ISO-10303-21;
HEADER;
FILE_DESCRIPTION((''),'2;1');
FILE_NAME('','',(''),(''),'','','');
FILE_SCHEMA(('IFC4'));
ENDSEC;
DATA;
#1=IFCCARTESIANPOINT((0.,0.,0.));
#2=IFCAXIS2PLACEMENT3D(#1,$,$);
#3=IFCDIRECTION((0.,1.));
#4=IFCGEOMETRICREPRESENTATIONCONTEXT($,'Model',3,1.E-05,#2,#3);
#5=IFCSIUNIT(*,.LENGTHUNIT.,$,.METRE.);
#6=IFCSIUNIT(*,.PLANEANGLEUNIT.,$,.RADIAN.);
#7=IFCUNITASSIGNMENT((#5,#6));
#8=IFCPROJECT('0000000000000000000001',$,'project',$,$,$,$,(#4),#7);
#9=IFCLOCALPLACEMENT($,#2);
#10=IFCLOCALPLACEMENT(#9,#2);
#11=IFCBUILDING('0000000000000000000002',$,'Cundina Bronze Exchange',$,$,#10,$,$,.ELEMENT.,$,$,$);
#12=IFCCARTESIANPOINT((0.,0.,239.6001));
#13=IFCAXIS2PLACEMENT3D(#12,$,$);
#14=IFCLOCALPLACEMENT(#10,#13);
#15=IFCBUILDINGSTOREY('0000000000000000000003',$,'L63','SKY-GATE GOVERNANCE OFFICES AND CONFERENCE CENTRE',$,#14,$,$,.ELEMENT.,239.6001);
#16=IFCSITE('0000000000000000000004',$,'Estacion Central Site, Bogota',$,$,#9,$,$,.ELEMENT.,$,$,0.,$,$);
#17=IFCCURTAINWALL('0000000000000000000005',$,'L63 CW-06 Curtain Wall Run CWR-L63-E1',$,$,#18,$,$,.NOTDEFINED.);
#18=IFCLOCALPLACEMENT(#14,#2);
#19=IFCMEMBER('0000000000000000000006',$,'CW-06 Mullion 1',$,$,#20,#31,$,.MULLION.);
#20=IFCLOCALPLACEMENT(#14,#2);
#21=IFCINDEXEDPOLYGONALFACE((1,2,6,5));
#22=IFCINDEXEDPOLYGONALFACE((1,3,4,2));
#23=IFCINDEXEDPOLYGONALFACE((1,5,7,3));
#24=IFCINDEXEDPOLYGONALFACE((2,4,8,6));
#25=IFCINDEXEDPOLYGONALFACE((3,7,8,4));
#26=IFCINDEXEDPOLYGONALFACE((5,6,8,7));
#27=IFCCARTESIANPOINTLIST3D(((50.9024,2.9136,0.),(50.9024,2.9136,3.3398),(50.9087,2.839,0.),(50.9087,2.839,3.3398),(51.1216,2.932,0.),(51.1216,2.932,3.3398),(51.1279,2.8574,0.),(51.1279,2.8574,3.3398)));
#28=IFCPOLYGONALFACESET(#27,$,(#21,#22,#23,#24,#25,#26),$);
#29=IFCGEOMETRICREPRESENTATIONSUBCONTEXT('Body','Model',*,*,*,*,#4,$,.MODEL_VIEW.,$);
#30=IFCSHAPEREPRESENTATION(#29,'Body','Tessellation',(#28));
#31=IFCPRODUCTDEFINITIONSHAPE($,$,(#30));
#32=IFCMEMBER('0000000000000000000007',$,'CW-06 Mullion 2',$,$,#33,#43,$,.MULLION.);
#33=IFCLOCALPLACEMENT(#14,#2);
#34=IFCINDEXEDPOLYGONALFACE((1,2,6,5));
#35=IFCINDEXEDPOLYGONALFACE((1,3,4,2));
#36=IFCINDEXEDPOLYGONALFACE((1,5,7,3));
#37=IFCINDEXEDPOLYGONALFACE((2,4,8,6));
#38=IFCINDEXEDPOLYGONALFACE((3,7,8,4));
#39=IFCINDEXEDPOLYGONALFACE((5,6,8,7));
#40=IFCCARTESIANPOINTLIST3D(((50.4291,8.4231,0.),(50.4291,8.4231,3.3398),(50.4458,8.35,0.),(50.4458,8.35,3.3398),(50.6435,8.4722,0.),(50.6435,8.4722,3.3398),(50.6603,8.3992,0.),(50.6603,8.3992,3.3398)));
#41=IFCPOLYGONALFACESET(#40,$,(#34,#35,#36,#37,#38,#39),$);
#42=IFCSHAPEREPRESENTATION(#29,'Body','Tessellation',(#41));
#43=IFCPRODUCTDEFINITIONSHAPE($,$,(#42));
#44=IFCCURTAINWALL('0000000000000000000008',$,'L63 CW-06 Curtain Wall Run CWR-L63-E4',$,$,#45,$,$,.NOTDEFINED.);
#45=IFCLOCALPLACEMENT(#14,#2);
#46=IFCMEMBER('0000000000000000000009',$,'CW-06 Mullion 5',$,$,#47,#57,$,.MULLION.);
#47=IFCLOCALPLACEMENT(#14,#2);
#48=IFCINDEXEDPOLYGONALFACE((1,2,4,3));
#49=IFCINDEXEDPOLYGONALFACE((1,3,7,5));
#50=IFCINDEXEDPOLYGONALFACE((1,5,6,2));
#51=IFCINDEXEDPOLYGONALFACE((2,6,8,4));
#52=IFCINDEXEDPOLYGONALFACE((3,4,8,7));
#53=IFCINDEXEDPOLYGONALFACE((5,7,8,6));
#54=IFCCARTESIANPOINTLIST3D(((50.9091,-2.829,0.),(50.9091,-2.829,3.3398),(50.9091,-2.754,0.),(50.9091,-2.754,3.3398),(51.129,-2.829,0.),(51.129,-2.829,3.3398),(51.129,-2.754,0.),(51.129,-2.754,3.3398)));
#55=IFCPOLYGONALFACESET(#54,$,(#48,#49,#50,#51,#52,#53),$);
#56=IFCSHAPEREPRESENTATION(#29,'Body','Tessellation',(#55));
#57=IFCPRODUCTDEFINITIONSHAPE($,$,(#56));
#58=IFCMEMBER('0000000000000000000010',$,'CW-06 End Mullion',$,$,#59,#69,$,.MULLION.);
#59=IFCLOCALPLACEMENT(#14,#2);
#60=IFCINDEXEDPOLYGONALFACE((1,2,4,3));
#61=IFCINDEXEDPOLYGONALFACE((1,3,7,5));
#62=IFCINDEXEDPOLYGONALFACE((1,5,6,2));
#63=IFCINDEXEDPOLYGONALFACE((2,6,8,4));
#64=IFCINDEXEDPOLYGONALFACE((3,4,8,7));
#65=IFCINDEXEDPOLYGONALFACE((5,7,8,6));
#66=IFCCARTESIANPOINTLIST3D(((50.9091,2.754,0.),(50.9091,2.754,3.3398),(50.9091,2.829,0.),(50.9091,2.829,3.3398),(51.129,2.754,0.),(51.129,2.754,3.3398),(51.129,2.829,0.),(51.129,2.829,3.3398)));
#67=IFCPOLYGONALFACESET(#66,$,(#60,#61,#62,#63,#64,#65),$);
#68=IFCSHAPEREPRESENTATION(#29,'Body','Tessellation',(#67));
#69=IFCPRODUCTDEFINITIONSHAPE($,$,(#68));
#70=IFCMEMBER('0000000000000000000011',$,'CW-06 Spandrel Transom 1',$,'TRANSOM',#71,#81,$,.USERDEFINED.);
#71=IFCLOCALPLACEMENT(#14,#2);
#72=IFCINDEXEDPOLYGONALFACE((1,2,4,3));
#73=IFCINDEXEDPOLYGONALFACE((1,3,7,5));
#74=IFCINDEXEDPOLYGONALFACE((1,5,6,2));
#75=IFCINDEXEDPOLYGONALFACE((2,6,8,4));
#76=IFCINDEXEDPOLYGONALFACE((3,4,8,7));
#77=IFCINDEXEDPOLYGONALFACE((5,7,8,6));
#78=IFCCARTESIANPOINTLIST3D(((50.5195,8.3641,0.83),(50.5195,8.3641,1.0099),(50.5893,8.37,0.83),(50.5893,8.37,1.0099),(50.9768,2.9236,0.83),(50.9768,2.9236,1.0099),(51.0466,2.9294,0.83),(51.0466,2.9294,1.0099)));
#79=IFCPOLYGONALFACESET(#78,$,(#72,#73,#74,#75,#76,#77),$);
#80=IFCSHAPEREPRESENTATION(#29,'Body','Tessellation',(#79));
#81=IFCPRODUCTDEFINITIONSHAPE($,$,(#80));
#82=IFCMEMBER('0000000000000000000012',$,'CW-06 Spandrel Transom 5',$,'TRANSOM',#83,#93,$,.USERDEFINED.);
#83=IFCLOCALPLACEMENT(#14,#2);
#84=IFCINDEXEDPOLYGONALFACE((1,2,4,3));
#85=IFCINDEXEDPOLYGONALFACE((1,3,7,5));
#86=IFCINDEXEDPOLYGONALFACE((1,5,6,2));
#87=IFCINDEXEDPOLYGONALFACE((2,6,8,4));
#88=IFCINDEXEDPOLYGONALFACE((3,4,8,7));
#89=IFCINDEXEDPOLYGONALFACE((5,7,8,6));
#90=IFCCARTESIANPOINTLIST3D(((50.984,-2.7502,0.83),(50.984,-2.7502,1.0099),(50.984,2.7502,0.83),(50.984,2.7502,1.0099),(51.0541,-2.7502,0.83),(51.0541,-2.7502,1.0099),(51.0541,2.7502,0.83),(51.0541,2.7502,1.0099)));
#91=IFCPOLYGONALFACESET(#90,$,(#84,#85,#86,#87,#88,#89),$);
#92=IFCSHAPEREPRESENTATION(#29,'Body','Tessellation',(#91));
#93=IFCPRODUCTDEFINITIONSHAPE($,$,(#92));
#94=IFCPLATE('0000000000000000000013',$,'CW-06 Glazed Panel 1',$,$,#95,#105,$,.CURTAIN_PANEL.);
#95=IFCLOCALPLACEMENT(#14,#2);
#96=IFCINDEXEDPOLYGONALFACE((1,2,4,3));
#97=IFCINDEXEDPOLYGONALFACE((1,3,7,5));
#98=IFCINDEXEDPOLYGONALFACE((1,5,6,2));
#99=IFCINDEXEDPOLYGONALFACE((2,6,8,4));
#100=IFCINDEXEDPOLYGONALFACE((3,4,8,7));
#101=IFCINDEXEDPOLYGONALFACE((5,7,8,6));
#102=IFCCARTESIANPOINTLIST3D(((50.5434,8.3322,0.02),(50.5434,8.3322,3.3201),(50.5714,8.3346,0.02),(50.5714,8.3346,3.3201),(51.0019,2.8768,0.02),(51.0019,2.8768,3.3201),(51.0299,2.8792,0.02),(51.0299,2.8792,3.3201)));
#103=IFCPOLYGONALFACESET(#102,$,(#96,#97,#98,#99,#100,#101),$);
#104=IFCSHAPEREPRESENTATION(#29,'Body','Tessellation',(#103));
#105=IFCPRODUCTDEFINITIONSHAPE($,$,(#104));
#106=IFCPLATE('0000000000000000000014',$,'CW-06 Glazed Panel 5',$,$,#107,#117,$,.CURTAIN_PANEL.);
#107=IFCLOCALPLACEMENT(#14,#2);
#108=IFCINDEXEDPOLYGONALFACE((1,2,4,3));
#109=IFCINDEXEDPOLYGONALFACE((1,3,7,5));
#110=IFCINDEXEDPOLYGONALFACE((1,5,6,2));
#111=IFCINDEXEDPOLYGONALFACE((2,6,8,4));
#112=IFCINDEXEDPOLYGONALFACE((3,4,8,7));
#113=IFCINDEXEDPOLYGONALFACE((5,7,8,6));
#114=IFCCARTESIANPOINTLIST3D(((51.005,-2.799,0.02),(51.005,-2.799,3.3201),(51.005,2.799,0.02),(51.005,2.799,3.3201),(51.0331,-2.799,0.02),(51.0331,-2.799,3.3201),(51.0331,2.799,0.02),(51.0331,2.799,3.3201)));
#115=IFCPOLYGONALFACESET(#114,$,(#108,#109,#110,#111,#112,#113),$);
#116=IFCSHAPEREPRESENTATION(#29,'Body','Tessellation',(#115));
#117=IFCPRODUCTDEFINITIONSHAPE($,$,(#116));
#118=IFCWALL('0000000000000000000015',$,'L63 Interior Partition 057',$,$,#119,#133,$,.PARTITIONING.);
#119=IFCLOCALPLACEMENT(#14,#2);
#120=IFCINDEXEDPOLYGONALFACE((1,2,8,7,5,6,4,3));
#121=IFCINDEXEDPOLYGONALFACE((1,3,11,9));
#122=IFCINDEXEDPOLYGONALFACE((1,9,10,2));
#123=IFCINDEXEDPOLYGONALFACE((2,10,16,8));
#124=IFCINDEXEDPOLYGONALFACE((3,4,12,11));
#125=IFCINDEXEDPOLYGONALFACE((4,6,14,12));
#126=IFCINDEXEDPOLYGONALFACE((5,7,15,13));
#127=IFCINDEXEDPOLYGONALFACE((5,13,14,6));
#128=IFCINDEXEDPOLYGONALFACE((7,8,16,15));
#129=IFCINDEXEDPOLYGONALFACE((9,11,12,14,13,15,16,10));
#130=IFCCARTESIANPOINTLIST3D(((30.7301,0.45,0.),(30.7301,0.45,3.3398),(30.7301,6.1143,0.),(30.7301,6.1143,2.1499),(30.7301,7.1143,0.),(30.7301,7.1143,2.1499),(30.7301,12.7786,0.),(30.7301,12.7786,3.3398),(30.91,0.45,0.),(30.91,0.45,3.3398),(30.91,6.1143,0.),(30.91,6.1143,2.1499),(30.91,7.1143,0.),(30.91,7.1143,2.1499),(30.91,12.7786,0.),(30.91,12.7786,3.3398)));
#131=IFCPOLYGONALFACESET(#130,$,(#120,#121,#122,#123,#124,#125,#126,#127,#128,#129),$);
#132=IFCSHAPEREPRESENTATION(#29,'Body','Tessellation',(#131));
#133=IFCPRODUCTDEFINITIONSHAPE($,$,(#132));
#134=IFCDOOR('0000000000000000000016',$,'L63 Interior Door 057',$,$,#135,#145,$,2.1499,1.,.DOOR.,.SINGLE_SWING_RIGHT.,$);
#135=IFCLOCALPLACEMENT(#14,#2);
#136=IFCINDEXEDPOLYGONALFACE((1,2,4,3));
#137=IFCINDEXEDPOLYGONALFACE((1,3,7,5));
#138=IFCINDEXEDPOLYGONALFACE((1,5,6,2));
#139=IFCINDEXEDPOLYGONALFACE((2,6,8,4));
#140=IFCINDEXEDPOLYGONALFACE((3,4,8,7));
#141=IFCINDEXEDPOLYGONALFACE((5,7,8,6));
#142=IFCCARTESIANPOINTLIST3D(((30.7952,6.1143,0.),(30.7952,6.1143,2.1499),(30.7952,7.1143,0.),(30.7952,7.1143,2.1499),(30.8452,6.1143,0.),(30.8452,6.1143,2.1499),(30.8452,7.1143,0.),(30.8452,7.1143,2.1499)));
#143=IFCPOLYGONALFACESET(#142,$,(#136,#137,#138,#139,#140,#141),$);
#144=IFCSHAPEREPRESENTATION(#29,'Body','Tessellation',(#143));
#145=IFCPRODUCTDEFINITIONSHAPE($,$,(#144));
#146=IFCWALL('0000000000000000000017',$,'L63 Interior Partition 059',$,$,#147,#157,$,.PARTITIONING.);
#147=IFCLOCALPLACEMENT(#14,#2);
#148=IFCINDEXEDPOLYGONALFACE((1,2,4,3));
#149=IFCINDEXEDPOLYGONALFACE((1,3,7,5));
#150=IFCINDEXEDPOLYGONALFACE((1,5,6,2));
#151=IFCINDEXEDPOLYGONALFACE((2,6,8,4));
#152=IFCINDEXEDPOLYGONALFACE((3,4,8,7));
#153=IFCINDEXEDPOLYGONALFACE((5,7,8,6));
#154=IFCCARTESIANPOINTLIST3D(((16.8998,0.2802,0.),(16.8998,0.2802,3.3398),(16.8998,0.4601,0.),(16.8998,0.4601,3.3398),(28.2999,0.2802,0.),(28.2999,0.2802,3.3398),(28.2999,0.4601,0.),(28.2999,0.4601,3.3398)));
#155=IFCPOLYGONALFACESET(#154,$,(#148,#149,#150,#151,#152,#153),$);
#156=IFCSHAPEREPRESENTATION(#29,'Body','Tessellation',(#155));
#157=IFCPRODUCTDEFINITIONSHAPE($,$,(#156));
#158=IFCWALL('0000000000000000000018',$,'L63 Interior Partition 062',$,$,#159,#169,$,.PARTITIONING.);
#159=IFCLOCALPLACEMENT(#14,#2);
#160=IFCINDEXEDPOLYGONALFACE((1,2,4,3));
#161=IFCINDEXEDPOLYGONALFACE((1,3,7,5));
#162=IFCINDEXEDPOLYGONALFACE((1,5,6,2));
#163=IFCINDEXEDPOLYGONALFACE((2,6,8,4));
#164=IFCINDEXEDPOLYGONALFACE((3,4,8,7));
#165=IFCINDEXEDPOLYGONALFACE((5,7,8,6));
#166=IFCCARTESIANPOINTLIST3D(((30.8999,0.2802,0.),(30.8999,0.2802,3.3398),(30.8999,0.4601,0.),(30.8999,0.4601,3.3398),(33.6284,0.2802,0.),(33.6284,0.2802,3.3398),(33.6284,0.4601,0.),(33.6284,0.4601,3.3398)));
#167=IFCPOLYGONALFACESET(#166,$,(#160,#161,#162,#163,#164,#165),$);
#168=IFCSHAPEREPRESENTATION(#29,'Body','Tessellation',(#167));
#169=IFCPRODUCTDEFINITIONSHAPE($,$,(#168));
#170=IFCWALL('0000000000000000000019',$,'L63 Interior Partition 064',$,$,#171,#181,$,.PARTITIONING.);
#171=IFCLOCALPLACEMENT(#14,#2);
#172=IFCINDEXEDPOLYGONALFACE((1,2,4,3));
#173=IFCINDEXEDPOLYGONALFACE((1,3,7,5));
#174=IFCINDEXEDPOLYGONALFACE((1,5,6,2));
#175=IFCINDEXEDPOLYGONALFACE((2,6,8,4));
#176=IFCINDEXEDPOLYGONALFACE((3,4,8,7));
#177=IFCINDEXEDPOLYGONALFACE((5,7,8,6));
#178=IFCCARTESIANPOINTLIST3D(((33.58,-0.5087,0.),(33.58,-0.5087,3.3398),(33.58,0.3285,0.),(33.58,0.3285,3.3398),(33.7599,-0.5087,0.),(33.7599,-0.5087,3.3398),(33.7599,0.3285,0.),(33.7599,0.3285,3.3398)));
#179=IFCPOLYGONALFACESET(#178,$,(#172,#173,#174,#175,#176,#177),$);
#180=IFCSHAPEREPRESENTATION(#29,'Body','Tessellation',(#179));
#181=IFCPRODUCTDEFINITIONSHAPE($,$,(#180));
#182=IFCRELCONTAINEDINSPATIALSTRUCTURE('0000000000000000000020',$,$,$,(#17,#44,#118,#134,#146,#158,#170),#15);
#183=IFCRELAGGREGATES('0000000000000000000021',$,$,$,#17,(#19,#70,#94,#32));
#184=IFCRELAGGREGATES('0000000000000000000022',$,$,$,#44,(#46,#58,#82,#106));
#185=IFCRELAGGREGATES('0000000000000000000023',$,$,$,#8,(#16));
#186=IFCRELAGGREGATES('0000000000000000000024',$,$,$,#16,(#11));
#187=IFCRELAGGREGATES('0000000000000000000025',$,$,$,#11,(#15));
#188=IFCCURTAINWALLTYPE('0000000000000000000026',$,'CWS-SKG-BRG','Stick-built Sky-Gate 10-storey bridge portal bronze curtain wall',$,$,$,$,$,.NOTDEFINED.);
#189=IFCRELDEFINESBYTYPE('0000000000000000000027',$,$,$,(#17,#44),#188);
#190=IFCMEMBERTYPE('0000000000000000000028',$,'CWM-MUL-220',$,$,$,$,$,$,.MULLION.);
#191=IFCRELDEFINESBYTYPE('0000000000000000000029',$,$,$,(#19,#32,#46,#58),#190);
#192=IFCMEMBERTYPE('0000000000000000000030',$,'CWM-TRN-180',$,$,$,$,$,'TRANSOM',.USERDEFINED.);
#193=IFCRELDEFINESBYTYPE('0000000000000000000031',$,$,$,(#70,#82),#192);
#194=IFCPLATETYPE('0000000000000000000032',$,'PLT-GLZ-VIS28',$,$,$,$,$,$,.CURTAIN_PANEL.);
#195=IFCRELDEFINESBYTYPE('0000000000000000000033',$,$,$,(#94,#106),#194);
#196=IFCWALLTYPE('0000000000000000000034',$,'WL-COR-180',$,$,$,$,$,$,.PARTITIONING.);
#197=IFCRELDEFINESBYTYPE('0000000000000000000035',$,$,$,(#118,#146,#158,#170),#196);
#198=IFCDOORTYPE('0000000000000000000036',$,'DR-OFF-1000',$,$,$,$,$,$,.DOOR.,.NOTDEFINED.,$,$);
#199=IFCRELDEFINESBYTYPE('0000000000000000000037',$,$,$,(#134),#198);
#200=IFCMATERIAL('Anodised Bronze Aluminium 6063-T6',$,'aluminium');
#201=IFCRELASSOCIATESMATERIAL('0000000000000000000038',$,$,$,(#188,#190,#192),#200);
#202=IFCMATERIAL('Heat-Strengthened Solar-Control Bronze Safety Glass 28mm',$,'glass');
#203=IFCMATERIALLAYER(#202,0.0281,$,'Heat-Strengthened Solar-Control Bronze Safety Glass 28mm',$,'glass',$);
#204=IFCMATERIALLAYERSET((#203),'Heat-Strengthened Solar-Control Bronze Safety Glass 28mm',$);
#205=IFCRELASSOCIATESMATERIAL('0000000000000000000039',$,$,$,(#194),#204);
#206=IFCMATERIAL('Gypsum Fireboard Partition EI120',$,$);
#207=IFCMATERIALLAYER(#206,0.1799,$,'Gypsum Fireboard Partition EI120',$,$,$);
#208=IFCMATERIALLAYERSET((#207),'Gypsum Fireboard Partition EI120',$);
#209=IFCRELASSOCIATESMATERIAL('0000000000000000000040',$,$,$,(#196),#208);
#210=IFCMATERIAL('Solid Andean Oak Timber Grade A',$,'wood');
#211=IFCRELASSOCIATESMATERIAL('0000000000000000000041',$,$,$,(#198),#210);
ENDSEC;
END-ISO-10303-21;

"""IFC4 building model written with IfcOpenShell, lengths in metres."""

from ifc_helpers import new_model, si_unit, direction, frame, frame_2d, origin, origin_2d, place, context, subcontext, project, spatial, rectangle, extrude, material, layer, layer_set, material_profile, profile_set, type_object, element, fill, aggregate, save


model = new_model("IFC4")

# Units and contexts
model_context = context("Model", 3, precision=1e-05, world=origin(), true_north=direction((0.0, 1.0)))
body_context = subcontext(model_context, "Body", "Model", "MODEL_VIEW")
ifc_project = project(units=[si_unit("LENGTHUNIT", "METRE"), si_unit("PLANEANGLEUNIT", "RADIAN")], contexts=[model_context])

# Site, building, storey
site_placement = place(None, origin())
site = spatial("IfcSite", under=ifc_project, at=site_placement, Name="Estacion Central Site, Bogota", CompositionType="ELEMENT", RefElevation=0.0)
building_placement = place(site_placement, origin())
building = spatial("IfcBuilding", under=site, at=building_placement, Name="Cundina Bronze Exchange", CompositionType="ELEMENT")
storey_placement = place(building_placement, frame((0.0, 0.0, 239.6001)))
storey = spatial("IfcBuildingStorey", under=building, at=storey_placement, Name="L63", Description="SKY-GATE GOVERNANCE OFFICES AND CONFERENCE CENTRE", CompositionType="ELEMENT", Elevation=239.6001)

# Curtain walls, members
ifc_material_1 = material(Name="Anodised Bronze Aluminium 6063-T6", Category="aluminium")
curtain_wall_type = type_object("IfcCurtainWallType", Name="CWS-SKG-BRG", Description="Stick-built Sky-Gate 10-storey bridge portal bronze curtain wall", PredefinedType="NOTDEFINED", material=ifc_material_1)
curtain_wall_1_placement = place(storey_placement, origin())
curtain_wall_1 = element("IfcCurtainWall", 1, at=curtain_wall_1_placement, inside=storey, type_object=curtain_wall_type, Name="L63 CW-06 Curtain Wall Run CWR-L63-E1", PredefinedType="NOTDEFINED")
ifc_material_profile_1 = material_profile(ifc_material_1, rectangle(XDim=0.075, YDim=0.22, at=origin_2d()), Name="AL75X220", Category="aluminium")
ifc_profile_set_1 = profile_set([ifc_material_profile_1], Name="Anodised Bronze Aluminium 6063-T6")
member_type_1 = type_object("IfcMemberType", Name="CWM-MUL-220", PredefinedType="MULLION", material=ifc_profile_set_1)
member_1_placement = place(storey_placement, frame((51.0151, 2.8855, 0.0), z_axis=(0.0, 0.0, 1.0), x_axis=(-0.083678, 0.996493, 0.0)))
member_1 = element("IfcMember", 2, at=member_1_placement, type_object=member_type_1, Name="CW-06 Mullion 1", PredefinedType="MULLION", context=body_context, shape_type="SweptSolid", body=[
    extrude(rectangle(XDim=0.075, YDim=0.22, at=origin_2d()), origin(), (0.0, 0.0, 1.0), 3.3398),
])
member_2_placement = place(storey_placement, frame((50.5447, 8.4111, 0.0), z_axis=(0.0, 0.0, 1.0), x_axis=(-0.22325, 0.974761, 0.0)))
member_2 = element("IfcMember", 3, at=member_2_placement, type_object=member_type_1, Name="CW-06 Mullion 2", PredefinedType="MULLION", context=body_context, shape_type="SweptSolid", body=[
    extrude(rectangle(XDim=0.075, YDim=0.22, at=origin_2d()), origin(), (0.0, 0.0, 1.0), 3.3398),
])
curtain_wall_2_placement = place(storey_placement, origin())
curtain_wall_2 = element("IfcCurtainWall", 4, at=curtain_wall_2_placement, inside=storey, type_object=curtain_wall_type, Name="L63 CW-06 Curtain Wall Run CWR-L63-E4", PredefinedType="NOTDEFINED")
member_3_placement = place(storey_placement, frame((51.019, -2.7915, 0.0), z_axis=(0.0, 0.0, 1.0), x_axis=(0.0, 1.0, 0.0)))
member_3 = element("IfcMember", 5, at=member_3_placement, type_object=member_type_1, Name="CW-06 Mullion 5", PredefinedType="MULLION", context=body_context, shape_type="SweptSolid", body=[
    extrude(rectangle(XDim=0.075, YDim=0.22, at=origin_2d()), origin(), (0.0, 0.0, 1.0), 3.3398),
])
member_4_placement = place(storey_placement, frame((51.019, 2.7915, 0.0), z_axis=(0.0, 0.0, 1.0), x_axis=(0.0, 1.0, 0.0)))
member_4 = element("IfcMember", 6, at=member_4_placement, type_object=member_type_1, Name="CW-06 End Mullion", PredefinedType="MULLION", context=body_context, shape_type="SweptSolid", body=[
    extrude(rectangle(XDim=0.075, YDim=0.22, at=origin_2d()), origin(), (0.0, 0.0, 1.0), 3.3398),
])

# Members
ifc_material_profile_2 = material_profile(ifc_material_1, rectangle(XDim=0.0701, YDim=0.1799, at=origin_2d()), Name="AL70X180", Category="aluminium")
ifc_profile_set_2 = profile_set([ifc_material_profile_2], Name="Anodised Bronze Aluminium 6063-T6")
member_type_2 = type_object("IfcMemberType", Name="CWM-TRN-180", ElementType="TRANSOM", PredefinedType="USERDEFINED", material=ifc_profile_set_2)
member_5_placement = place(storey_placement, frame((51.0117, 2.9265, 0.9199), z_axis=(-0.083756, 0.996486, 0.0), x_axis=(-0.996486, -0.083756, 0.0)))
member_5 = element("IfcMember", 7, at=member_5_placement, type_object=member_type_2, Name="CW-06 Spandrel Transom 1", ObjectType="TRANSOM", PredefinedType="USERDEFINED", context=body_context, shape_type="SweptSolid", body=[
    extrude(rectangle(XDim=0.0701, YDim=0.1799, at=origin_2d()), origin(), (0.0, 0.0, 1.0), 5.4597),
])
member_6_placement = place(storey_placement, frame((51.019, -2.7502, 0.9199), z_axis=(0.0, 1.0, 0.0), x_axis=(-1.0, 0.0, 0.0)))
member_6 = element("IfcMember", 8, at=member_6_placement, type_object=member_type_2, Name="CW-06 Spandrel Transom 5", ObjectType="TRANSOM", PredefinedType="USERDEFINED", context=body_context, shape_type="SweptSolid", body=[
    extrude(rectangle(XDim=0.0701, YDim=0.1799, at=origin_2d()), origin(), (0.0, 0.0, 1.0), 5.5005),
])

# Plates
ifc_material_2 = material(Name="Heat-Strengthened Solar-Control Bronze Safety Glass 28mm", Category="glass")
ifc_layer_1 = layer(ifc_material_2, 0.0281, Name="Heat-Strengthened Solar-Control Bronze Safety Glass 28mm", Category="glass")
ifc_layer_set_1 = layer_set([ifc_layer_1], Name="Heat-Strengthened Solar-Control Bronze Safety Glass 28mm")
plate_type = type_object("IfcPlateType", Name="PLT-GLZ-VIS28", PredefinedType="CURTAIN_PANEL", material=ifc_layer_set_1)
plate_1_placement = place(storey_placement, frame((50.7866, 5.6057, 0.02), z_axis=(0.0, 0.0, 1.0), x_axis=(-0.083747, 0.996487, 0.0)))
plate_1 = element("IfcPlate", 9, at=plate_1_placement, type_object=plate_type, Name="CW-06 Glazed Panel 1", PredefinedType="CURTAIN_PANEL", context=body_context, shape_type="SweptSolid", body=[
    extrude(rectangle(XDim=5.4746, YDim=0.0281, at=origin_2d()), origin(), (0.0, 0.0, 1.0), 3.3),
])
aggregate(curtain_wall_1, [member_1, member_5, plate_1, member_2])
plate_2_placement = place(storey_placement, frame((51.019, 0.0, 0.02), z_axis=(0.0, 0.0, 1.0), x_axis=(0.0, 1.0, 0.0)))
plate_2 = element("IfcPlate", 10, at=plate_2_placement, type_object=plate_type, Name="CW-06 Glazed Panel 5", PredefinedType="CURTAIN_PANEL", context=body_context, shape_type="SweptSolid", body=[
    extrude(rectangle(XDim=5.5979, YDim=0.0281, at=origin_2d()), origin(), (0.0, 0.0, 1.0), 3.3),
])
aggregate(curtain_wall_2, [member_3, member_4, member_6, plate_2])

# Wall, opening, door
ifc_material_3 = material(Name="Gypsum Fireboard Partition EI120")
ifc_layer_2 = layer(ifc_material_3, 0.1799, Name="Gypsum Fireboard Partition EI120")
ifc_layer_set_2 = layer_set([ifc_layer_2], Name="Gypsum Fireboard Partition EI120")
wall_type_1 = type_object("IfcWallType", Name="WL-COR-180", PredefinedType="PARTITIONING", material=ifc_layer_set_2)
wall_1_placement = place(storey_placement, frame((30.8201, 0.45, 0.0), z_axis=(0.0, 0.0, 1.0), x_axis=(0.0, 1.0, 0.0)))
wall_1 = element("IfcWall", 11, at=wall_1_placement, inside=storey, type_object=wall_type_1, Name="L63 Interior Partition 057", PredefinedType="PARTITIONING", context=body_context, shape_type="SweptSolid", body=[
    extrude(rectangle(XDim=12.3286, YDim=0.1799, at=frame_2d((6.1643, 0.0))), origin(), (0.0, 0.0, 1.0), 3.3398),
])
opening_1_placement = place(wall_1_placement, frame((5.6643, 0.0, 0.0)))
opening_1 = element("IfcOpeningElement", 12, at=opening_1_placement, cuts=wall_1, PredefinedType="OPENING", context=body_context, shape_type="SweptSolid", body=[
    extrude(rectangle(XDim=1.0, YDim=2.1499, at=frame_2d((0.5, 1.075))), frame((0.0, 0.0999, 0.0), z_axis=(0.0, -1.0, 0.0), x_axis=(1.0, 0.0, 0.0)), (0.0, 0.0, 1.0), 0.2),
])
ifc_material_4 = material(Name="Solid Andean Oak Timber Grade A", Category="wood")
door_type_1 = type_object("IfcDoorType", Name="DR-OFF-1000", OperationType="NOTDEFINED", PredefinedType="DOOR", material=ifc_material_4)
door_1_placement = place(opening_1_placement, origin())
door_1 = element("IfcDoor", 13, at=door_1_placement, inside=storey, type_object=door_type_1, Name="L63 Interior Door 057", OperationType="SINGLE_SWING_RIGHT", OverallHeight=2.1499, OverallWidth=1.0, PredefinedType="DOOR", context=body_context, shape_type="SweptSolid", body=[
    extrude(rectangle(XDim=1.0, YDim=2.1499, at=frame_2d((0.5, 1.075))), frame((0.0, 0.0249, 0.0), z_axis=(0.0, -1.0, 0.0), x_axis=(1.0, 0.0, 0.0)), (0.0, 0.0, 1.0), 0.05),
])
fill(opening_1, door_1)

# Walls
wall_2_placement = place(storey_placement, frame((28.3, 0.3701, 0.0), z_axis=(0.0, 0.0, 1.0), x_axis=(-1.0, 0.0, 0.0)))
element("IfcWall", 14, at=wall_2_placement, inside=storey, type_object=wall_type_1, Name="L63 Interior Partition 059", PredefinedType="PARTITIONING", context=body_context, shape_type="SweptSolid", body=[
    extrude(rectangle(XDim=11.4001, YDim=0.1799, at=frame_2d((5.7002, 0.0))), origin(), (0.0, 0.0, 1.0), 3.3398),
])
wall_3_placement = place(storey_placement, frame((33.6284, 0.3701, 0.0), z_axis=(0.0, 0.0, 1.0), x_axis=(-1.0, 0.0, 0.0)))
element("IfcWall", 15, at=wall_3_placement, inside=storey, type_object=wall_type_1, Name="L63 Interior Partition 062", PredefinedType="PARTITIONING", context=body_context, shape_type="SweptSolid", body=[
    extrude(rectangle(XDim=2.7285, YDim=0.1799, at=frame_2d((1.3643, 0.0))), origin(), (0.0, 0.0, 1.0), 3.3398),
])
wall_4_placement = place(storey_placement, frame((33.6699, -0.5085, 0.0), z_axis=(0.0, 0.0, 1.0), x_axis=(0.0, 1.0, 0.0)))
element("IfcWall", 16, at=wall_4_placement, inside=storey, type_object=wall_type_1, Name="L63 Interior Partition 064", PredefinedType="PARTITIONING", context=body_context, shape_type="SweptSolid", body=[
    extrude(rectangle(XDim=0.8372, YDim=0.1799, at=frame_2d((0.4185, 0.0))), origin(), (0.0, 0.0, 1.0), 3.3398),
])

save(model, "model.ifc")
